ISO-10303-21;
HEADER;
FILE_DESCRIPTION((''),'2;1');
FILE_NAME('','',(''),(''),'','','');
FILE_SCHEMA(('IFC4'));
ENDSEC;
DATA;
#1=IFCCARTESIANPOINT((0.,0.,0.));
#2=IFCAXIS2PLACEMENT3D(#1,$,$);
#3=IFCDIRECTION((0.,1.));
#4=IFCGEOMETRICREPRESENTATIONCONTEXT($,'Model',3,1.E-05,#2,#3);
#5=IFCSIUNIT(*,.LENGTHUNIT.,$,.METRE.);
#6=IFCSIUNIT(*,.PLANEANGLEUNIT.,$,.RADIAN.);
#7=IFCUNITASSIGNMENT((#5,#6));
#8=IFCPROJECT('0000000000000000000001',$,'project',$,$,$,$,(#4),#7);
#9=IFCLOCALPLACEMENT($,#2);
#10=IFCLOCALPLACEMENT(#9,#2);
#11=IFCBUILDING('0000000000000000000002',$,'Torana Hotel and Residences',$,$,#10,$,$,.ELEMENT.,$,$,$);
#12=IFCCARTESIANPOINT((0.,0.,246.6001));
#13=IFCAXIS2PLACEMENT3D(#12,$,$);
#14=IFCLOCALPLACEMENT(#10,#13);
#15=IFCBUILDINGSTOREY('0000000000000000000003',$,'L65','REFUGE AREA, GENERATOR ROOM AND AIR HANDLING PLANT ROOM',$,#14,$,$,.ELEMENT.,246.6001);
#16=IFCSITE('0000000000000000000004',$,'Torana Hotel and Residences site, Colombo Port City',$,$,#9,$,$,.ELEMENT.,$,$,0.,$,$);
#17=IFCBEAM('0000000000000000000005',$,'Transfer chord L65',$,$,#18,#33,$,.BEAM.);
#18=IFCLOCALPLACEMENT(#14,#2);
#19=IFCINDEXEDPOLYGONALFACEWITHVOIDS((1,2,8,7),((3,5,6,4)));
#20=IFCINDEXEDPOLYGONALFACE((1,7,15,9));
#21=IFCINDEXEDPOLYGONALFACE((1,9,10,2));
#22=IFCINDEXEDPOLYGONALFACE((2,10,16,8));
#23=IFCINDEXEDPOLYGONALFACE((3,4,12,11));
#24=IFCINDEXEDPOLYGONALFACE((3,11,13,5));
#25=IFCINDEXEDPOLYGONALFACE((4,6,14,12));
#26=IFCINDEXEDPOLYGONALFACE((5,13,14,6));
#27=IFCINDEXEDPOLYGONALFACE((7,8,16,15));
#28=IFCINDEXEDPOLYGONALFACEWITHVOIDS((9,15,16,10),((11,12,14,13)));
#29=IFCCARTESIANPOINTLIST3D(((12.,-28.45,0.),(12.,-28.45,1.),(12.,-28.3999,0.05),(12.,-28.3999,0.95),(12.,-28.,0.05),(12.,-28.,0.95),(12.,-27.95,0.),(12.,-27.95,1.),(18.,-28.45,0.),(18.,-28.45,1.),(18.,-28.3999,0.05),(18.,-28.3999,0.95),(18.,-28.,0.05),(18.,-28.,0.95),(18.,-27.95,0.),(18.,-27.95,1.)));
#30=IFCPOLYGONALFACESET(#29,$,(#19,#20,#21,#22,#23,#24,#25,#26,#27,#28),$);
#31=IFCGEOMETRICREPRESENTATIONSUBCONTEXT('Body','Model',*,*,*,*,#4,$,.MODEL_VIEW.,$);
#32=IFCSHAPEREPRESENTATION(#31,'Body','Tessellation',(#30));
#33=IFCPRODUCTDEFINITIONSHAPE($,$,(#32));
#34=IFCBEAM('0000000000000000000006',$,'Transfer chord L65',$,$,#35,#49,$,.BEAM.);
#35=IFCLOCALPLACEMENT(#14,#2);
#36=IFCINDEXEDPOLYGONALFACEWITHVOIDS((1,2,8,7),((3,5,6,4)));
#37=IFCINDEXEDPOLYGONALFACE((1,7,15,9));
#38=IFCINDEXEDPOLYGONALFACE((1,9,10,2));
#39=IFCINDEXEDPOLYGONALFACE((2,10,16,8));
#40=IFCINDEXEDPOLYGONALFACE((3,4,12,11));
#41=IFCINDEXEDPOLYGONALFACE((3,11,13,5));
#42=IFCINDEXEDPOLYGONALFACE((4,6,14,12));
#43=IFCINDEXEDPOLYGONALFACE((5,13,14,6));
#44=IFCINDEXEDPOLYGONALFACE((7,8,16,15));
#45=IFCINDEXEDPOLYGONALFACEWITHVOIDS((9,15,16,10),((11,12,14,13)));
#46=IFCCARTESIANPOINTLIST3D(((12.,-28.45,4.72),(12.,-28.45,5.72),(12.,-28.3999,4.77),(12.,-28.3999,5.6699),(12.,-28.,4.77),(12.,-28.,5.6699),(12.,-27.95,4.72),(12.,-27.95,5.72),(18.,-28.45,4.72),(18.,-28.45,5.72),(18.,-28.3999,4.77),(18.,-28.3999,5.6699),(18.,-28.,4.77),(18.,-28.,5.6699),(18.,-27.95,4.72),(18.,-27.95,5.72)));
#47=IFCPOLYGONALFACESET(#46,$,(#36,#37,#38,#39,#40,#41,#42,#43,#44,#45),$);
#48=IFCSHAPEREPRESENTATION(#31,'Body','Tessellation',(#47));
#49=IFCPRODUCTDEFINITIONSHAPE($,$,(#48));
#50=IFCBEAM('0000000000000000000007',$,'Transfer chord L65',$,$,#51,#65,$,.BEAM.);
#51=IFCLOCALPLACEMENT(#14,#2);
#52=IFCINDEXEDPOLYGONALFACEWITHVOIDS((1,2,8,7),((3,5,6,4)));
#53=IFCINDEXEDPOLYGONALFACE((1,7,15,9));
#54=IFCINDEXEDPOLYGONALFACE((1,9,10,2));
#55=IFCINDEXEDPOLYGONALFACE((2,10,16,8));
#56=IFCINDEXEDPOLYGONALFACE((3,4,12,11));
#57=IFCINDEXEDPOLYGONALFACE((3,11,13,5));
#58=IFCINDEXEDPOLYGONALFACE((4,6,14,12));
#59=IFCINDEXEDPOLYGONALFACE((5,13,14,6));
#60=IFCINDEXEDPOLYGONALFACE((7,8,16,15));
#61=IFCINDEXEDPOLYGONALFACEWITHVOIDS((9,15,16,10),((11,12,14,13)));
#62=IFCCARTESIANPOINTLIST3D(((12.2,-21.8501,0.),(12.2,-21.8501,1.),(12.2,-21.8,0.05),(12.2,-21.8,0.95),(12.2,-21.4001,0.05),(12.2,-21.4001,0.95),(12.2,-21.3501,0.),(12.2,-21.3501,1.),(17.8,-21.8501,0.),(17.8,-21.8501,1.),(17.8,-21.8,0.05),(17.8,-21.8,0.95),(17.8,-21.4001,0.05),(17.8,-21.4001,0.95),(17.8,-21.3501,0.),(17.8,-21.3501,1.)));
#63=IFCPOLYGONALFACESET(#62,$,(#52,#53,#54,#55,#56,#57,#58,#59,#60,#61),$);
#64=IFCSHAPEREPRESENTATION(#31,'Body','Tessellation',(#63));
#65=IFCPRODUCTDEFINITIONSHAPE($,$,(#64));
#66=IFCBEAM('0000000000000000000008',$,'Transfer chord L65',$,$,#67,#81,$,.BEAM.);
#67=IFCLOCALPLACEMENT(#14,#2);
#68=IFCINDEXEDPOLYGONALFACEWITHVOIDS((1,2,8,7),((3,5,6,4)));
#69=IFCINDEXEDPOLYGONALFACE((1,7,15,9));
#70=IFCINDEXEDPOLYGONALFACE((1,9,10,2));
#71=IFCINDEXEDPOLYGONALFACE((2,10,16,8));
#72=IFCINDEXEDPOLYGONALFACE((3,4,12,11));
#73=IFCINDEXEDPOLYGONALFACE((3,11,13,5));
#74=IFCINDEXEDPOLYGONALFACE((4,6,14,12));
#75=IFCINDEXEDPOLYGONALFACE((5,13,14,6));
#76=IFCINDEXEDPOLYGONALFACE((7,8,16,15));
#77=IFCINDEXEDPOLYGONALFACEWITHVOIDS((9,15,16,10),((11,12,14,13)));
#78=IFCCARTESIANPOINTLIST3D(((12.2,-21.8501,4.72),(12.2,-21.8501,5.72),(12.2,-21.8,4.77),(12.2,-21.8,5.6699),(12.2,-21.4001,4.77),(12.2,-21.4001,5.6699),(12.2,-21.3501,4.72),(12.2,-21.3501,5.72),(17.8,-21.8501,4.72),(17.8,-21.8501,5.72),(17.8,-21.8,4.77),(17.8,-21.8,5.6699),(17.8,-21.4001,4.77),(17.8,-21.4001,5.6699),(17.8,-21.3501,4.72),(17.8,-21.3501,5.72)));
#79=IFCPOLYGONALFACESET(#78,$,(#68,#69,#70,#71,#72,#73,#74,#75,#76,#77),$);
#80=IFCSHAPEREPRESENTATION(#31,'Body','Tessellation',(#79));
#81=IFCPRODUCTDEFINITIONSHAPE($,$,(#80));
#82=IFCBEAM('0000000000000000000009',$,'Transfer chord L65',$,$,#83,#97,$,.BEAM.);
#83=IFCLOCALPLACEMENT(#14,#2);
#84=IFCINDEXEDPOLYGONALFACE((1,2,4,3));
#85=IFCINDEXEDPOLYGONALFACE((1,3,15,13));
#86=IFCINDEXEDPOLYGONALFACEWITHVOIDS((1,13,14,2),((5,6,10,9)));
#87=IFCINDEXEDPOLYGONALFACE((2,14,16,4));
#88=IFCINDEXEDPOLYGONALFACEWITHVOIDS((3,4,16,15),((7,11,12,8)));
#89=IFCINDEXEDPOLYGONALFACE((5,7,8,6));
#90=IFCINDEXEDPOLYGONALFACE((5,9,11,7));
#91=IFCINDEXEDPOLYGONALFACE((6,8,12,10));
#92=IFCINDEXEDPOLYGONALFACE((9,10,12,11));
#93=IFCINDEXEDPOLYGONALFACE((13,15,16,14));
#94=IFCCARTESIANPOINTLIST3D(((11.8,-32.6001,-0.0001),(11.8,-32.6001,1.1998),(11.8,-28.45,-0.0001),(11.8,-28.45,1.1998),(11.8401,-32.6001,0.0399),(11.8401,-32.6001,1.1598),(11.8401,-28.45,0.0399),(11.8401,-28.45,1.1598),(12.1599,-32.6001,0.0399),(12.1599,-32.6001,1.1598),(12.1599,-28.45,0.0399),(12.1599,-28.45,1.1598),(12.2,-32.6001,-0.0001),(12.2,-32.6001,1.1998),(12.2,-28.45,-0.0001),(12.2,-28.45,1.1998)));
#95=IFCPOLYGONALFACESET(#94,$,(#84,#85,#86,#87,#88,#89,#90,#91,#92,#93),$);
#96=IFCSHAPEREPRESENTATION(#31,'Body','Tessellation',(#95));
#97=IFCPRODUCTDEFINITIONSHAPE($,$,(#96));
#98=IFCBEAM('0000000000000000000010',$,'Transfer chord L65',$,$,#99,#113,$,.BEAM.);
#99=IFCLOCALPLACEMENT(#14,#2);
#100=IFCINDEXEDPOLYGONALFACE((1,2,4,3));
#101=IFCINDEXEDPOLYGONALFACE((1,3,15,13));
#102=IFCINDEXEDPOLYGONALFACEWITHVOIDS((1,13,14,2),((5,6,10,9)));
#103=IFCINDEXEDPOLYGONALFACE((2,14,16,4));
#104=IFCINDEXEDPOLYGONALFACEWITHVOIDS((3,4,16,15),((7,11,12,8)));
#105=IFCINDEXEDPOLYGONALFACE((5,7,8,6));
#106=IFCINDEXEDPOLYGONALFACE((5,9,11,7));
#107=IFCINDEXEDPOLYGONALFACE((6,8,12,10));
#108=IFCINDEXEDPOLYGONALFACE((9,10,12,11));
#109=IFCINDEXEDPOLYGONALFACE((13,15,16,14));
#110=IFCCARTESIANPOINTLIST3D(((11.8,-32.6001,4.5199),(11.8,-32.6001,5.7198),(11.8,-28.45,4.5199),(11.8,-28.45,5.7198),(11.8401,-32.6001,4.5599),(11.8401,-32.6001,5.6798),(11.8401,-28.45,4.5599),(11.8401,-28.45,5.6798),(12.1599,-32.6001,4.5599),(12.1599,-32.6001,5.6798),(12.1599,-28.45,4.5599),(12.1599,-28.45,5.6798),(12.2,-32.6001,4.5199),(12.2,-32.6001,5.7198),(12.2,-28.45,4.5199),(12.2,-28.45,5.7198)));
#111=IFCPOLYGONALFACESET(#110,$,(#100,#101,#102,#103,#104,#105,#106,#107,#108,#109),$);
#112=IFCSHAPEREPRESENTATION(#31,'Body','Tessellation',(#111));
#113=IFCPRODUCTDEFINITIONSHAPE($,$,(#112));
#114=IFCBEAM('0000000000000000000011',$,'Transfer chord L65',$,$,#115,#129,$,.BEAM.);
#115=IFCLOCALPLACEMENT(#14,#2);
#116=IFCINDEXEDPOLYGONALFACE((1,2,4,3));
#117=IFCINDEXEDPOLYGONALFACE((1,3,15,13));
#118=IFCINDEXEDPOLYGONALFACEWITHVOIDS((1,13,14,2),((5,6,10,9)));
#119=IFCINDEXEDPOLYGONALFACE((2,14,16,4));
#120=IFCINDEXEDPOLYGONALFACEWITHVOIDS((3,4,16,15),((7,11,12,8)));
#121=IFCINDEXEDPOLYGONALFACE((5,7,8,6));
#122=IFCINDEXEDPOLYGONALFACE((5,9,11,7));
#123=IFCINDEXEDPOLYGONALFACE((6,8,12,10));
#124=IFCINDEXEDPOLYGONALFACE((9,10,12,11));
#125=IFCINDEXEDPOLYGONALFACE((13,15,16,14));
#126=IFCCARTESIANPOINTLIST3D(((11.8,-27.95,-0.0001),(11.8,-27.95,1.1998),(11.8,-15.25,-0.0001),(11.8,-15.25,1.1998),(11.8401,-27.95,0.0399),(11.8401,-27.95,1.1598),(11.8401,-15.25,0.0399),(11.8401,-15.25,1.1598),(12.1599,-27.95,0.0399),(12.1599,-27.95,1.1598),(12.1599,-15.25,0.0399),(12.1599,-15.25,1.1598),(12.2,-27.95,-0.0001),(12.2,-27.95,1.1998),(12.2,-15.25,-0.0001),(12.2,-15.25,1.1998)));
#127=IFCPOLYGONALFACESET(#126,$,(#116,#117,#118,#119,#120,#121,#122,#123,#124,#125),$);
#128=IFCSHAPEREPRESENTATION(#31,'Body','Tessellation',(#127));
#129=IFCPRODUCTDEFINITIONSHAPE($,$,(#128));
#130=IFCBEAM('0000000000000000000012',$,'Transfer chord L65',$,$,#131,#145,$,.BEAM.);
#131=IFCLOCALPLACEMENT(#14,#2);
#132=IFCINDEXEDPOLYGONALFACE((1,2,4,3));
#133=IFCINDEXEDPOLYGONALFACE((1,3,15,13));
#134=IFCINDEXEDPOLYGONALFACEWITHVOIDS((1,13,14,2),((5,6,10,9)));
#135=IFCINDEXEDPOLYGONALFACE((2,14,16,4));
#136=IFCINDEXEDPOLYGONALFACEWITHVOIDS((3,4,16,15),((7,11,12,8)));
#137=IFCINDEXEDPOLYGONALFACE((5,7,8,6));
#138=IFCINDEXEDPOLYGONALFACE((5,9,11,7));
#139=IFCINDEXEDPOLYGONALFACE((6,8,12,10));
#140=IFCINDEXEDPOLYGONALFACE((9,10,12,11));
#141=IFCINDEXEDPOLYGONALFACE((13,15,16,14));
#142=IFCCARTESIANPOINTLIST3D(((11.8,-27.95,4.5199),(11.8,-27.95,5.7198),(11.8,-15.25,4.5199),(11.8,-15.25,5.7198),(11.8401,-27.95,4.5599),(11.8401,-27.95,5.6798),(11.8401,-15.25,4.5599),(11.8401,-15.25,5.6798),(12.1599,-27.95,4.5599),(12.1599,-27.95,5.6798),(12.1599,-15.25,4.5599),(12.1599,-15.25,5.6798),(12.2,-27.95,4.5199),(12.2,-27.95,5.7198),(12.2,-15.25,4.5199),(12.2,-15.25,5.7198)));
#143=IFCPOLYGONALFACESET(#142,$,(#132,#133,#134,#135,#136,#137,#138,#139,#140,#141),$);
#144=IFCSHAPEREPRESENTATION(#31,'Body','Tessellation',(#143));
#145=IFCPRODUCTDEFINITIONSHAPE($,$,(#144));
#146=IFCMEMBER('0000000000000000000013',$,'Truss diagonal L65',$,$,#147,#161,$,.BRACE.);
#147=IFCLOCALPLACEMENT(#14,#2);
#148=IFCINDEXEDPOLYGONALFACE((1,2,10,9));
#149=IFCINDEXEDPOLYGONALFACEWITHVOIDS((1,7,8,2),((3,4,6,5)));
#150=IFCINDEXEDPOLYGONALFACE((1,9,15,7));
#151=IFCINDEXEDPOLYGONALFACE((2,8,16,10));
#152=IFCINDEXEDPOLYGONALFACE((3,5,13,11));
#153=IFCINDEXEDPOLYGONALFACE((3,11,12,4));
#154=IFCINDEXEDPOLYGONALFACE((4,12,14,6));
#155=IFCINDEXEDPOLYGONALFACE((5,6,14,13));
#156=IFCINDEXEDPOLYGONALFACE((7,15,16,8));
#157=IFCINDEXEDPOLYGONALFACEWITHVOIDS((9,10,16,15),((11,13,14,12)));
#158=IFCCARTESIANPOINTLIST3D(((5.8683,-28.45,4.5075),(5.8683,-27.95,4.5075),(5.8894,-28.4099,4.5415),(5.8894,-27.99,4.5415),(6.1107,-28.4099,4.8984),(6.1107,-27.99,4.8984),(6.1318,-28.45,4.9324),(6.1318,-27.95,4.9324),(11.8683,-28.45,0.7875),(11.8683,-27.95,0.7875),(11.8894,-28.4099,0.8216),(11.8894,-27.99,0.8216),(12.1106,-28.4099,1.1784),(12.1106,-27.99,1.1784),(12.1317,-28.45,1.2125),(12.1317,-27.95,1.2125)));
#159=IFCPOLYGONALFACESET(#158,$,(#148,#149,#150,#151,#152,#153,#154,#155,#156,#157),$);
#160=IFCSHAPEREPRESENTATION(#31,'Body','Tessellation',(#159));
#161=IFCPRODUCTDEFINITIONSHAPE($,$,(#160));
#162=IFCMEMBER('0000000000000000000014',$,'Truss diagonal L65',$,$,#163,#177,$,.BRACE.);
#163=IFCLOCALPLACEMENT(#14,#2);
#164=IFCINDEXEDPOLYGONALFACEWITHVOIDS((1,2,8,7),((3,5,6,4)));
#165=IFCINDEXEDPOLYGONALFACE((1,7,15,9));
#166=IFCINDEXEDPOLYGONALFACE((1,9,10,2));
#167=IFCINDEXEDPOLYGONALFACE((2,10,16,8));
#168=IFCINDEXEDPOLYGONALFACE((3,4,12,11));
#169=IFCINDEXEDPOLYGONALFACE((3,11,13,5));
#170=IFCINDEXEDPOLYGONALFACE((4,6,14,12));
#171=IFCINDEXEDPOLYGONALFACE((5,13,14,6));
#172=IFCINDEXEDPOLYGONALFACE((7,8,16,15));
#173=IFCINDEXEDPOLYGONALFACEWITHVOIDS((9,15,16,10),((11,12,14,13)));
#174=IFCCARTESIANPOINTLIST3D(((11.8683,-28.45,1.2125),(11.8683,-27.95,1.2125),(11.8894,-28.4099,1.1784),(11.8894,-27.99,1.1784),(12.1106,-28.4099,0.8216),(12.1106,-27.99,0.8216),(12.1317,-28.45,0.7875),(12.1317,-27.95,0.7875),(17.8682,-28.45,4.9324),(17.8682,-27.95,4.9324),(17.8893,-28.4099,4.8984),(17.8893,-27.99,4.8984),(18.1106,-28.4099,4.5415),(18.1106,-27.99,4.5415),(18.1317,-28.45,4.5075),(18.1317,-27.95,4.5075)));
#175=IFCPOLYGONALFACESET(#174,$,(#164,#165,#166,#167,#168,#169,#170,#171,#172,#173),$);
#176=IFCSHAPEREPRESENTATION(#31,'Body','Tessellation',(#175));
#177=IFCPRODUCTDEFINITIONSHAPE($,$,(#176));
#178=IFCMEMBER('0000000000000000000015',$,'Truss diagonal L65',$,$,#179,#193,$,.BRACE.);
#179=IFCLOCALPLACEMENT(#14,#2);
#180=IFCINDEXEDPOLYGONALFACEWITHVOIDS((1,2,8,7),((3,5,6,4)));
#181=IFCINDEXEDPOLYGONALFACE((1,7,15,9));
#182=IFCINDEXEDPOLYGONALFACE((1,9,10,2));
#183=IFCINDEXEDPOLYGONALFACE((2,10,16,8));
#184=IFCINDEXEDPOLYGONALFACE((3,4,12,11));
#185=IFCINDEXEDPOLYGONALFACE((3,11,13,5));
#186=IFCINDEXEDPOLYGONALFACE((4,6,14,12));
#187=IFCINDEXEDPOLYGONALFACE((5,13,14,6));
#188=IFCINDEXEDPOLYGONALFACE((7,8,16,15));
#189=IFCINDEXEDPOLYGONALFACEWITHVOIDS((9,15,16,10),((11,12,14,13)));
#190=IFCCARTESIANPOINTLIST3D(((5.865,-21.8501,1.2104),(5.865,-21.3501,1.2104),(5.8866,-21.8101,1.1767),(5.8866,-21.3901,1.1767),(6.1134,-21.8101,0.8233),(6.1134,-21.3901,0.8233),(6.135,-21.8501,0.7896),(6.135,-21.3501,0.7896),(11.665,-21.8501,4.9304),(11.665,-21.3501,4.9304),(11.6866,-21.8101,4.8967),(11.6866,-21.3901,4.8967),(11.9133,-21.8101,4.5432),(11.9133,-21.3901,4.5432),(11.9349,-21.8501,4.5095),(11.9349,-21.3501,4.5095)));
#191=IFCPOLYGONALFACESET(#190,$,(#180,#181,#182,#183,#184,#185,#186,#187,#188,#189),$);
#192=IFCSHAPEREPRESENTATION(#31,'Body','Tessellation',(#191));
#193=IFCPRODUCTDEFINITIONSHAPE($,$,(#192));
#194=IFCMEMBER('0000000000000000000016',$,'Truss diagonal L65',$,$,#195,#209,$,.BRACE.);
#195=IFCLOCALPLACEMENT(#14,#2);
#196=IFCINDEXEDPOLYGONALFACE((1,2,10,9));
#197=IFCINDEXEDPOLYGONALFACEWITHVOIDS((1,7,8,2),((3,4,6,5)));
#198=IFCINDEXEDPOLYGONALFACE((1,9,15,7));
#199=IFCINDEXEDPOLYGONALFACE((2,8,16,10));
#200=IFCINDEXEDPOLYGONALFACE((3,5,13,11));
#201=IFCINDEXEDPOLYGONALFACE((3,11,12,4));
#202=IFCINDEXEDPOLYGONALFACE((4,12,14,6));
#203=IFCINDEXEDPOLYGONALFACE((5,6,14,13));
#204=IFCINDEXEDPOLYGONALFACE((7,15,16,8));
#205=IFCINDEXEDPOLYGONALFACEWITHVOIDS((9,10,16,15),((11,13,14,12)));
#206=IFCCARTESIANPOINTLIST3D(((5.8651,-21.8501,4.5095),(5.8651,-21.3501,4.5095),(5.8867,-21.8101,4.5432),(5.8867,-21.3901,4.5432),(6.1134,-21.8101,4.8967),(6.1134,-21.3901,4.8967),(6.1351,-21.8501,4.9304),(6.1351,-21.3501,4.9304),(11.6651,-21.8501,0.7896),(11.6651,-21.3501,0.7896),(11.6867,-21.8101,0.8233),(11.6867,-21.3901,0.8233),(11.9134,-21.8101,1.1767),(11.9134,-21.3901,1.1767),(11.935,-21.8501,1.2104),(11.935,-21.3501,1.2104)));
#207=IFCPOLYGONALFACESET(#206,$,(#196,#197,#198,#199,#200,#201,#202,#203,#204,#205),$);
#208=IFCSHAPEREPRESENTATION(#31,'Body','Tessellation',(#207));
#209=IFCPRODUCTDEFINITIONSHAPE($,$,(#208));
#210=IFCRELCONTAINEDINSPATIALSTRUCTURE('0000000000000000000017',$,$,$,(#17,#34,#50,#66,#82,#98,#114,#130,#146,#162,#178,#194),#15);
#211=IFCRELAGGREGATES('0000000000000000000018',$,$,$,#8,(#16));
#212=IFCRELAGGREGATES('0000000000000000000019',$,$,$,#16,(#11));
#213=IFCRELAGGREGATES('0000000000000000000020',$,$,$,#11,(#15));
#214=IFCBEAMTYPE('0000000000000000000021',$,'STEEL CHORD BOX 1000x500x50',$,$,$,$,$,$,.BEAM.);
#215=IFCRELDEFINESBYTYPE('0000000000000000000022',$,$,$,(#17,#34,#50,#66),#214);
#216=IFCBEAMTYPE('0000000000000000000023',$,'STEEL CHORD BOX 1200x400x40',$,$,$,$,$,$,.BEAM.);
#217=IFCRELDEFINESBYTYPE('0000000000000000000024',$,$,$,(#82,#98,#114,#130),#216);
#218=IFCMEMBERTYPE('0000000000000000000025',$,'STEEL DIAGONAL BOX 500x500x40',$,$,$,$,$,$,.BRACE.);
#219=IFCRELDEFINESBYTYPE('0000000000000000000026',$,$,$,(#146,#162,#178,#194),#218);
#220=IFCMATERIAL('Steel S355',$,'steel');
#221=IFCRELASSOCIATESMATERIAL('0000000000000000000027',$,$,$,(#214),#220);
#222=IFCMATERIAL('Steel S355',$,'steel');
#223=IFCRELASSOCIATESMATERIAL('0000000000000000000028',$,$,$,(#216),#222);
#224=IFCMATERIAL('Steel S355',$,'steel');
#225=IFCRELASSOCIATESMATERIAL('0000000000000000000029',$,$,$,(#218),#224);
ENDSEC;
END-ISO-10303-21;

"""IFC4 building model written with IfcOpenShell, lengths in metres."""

from ifc_helpers import new_model, si_unit, direction, frame, origin, origin_2d, place, context, subcontext, project, spatial, hollow_rectangle, extrude, material, material_profile, profile_set, type_object, element, save


model = new_model("IFC4")

# Units and contexts
model_context = context("Model", 3, precision=1e-05, world=origin(), true_north=direction((0.0, 1.0)))
body_context = subcontext(model_context, "Body", "Model", "MODEL_VIEW")
ifc_project = project(units=[si_unit("LENGTHUNIT", "METRE"), si_unit("PLANEANGLEUNIT", "RADIAN")], contexts=[model_context])

# Site, building, storey
site_placement = place(None, origin())
site = spatial("IfcSite", under=ifc_project, at=site_placement, Name="Torana Hotel and Residences site, Colombo Port City", CompositionType="ELEMENT", RefElevation=0.0)
building_placement = place(site_placement, origin())
building = spatial("IfcBuilding", under=site, at=building_placement, Name="Torana Hotel and Residences", CompositionType="ELEMENT")
storey_placement = place(building_placement, frame((0.0, 0.0, 246.6001)))
storey = spatial("IfcBuildingStorey", under=building, at=storey_placement, Name="L65", Description="REFUGE AREA, GENERATOR ROOM AND AIR HANDLING PLANT ROOM", CompositionType="ELEMENT", Elevation=246.6001)

# Beams
ifc_material_1 = material(Name="Steel S355", Category="steel")
ifc_material_profile_1 = material_profile(ifc_material_1, hollow_rectangle(XDim=0.5, YDim=1.0, WallThickness=0.05, at=origin_2d()), Name="BOX 1000x500x50")
ifc_profile_set_1 = profile_set([ifc_material_profile_1], Name="Steel S355")
beam_type_1 = type_object("IfcBeamType", Name="STEEL CHORD BOX 1000x500x50", PredefinedType="BEAM", material=ifc_profile_set_1)
for number, where, z_axis, x_axis, name in (
    (1, (12.0, -28.2, 0.5), (1.0, 0.0, 0.0), (0.0, 1.0, 0.0), "Transfer chord L65"),
    (2, (12.0, -28.2, 5.22), (1.0, 0.0, 0.0), (0.0, 1.0, 0.0), "Transfer chord L65"),
):
    element("IfcBeam", number, at=place(storey_placement, frame(where, z_axis=z_axis, x_axis=x_axis)), inside=storey, type_object=beam_type_1, Name=name, PredefinedType="BEAM", context=body_context, shape_type="SweptSolid", body=[
        extrude(hollow_rectangle(XDim=0.5, YDim=1.0, WallThickness=0.05, at=origin_2d()), origin(), (0.0, 0.0, 1.0), 6.0),
    ])
for number, where, z_axis, x_axis, name in (
    (3, (12.2, -21.6001, 0.5), (1.0, 0.0, 0.0), (0.0, 1.0, 0.0), "Transfer chord L65"),
    (4, (12.2, -21.6001, 5.22), (1.0, 0.0, 0.0), (0.0, 1.0, 0.0), "Transfer chord L65"),
):
    element("IfcBeam", number, at=place(storey_placement, frame(where, z_axis=z_axis, x_axis=x_axis)), inside=storey, type_object=beam_type_1, Name=name, PredefinedType="BEAM", context=body_context, shape_type="SweptSolid", body=[
        extrude(hollow_rectangle(XDim=0.5, YDim=1.0, WallThickness=0.05, at=origin_2d()), origin(), (0.0, 0.0, 1.0), 5.6001),
    ])
ifc_material_2 = material(Name="Steel S355", Category="steel")
ifc_material_profile_2 = material_profile(ifc_material_2, hollow_rectangle(XDim=0.3999, YDim=1.2, WallThickness=0.04, at=origin_2d()), Name="BOX 1200x400x40")
ifc_profile_set_2 = profile_set([ifc_material_profile_2], Name="Steel S355")
beam_type_2 = type_object("IfcBeamType", Name="STEEL CHORD BOX 1200x400x40", PredefinedType="BEAM", material=ifc_profile_set_2)
for number, where, z_axis, x_axis, name in (
    (5, (12.0, -32.6001, 0.5999), (0.0, 1.0, 0.0), (-1.0, 0.0, 0.0), "Transfer chord L65"),
    (6, (12.0, -32.6001, 5.1199), (0.0, 1.0, 0.0), (-1.0, 0.0, 0.0), "Transfer chord L65"),
):
    element("IfcBeam", number, at=place(storey_placement, frame(where, z_axis=z_axis, x_axis=x_axis)), inside=storey, type_object=beam_type_2, Name=name, PredefinedType="BEAM", context=body_context, shape_type="SweptSolid", body=[
        extrude(hollow_rectangle(XDim=0.3999, YDim=1.2, WallThickness=0.04, at=origin_2d()), origin(), (0.0, 0.0, 1.0), 4.1501),
    ])
for number, where, z_axis, x_axis, name in (
    (7, (12.0, -27.95, 0.5999), (0.0, 1.0, 0.0), (-1.0, 0.0, 0.0), "Transfer chord L65"),
    (8, (12.0, -27.95, 5.1199), (0.0, 1.0, 0.0), (-1.0, 0.0, 0.0), "Transfer chord L65"),
):
    element("IfcBeam", number, at=place(storey_placement, frame(where, z_axis=z_axis, x_axis=x_axis)), inside=storey, type_object=beam_type_2, Name=name, PredefinedType="BEAM", context=body_context, shape_type="SweptSolid", body=[
        extrude(hollow_rectangle(XDim=0.3999, YDim=1.2, WallThickness=0.04, at=origin_2d()), origin(), (0.0, 0.0, 1.0), 12.7),
    ])

# Members
ifc_material_3 = material(Name="Steel S355", Category="steel")
ifc_material_profile_3 = material_profile(ifc_material_3, hollow_rectangle(XDim=0.5, YDim=0.5, WallThickness=0.04, at=origin_2d()), Name="BOX 500x500x40")
ifc_profile_set_3 = profile_set([ifc_material_profile_3], Name="Steel S355")
member_type_1 = type_object("IfcMemberType", Name="STEEL DIAGONAL BOX 500x500x40", PredefinedType="BRACE", material=ifc_profile_set_3)
for number, where, z_axis, x_axis, name in (
    (9, (12.0, -28.2, 1.0), (-0.849905, 0.0, 0.526937), (0.0, -1.0, 0.0), "Truss diagonal L65"),
    (10, (12.0, -28.2, 1.0), (0.849905, 0.0, 0.526937), (0.0, 1.0, 0.0), "Truss diagonal L65"),
):
    element("IfcMember", number, at=place(storey_placement, frame(where, z_axis=z_axis, x_axis=x_axis)), inside=storey, type_object=member_type_1, Name=name, PredefinedType="BRACE", context=body_context, shape_type="SweptSolid", body=[
        extrude(hollow_rectangle(XDim=0.5, YDim=0.5, WallThickness=0.04, at=origin_2d()), origin(), (0.0, 0.0, 1.0), 7.0596),
    ])
for number, where, z_axis, x_axis, name in (
    (11, (6.0, -21.6001, 1.0), (0.841748, 0.0, 0.539871), (0.0, 1.0, 0.0), "Truss diagonal L65"),
    (12, (11.8, -21.6001, 1.0), (-0.841748, 0.0, 0.539871), (0.0, -1.0, 0.0), "Truss diagonal L65"),
):
    element("IfcMember", number, at=place(storey_placement, frame(where, z_axis=z_axis, x_axis=x_axis)), inside=storey, type_object=member_type_1, Name=name, PredefinedType="BRACE", context=body_context, shape_type="SweptSolid", body=[
        extrude(hollow_rectangle(XDim=0.5, YDim=0.5, WallThickness=0.04, at=origin_2d()), origin(), (0.0, 0.0, 1.0), 6.8904),
    ])

save(model, "model.ifc")
